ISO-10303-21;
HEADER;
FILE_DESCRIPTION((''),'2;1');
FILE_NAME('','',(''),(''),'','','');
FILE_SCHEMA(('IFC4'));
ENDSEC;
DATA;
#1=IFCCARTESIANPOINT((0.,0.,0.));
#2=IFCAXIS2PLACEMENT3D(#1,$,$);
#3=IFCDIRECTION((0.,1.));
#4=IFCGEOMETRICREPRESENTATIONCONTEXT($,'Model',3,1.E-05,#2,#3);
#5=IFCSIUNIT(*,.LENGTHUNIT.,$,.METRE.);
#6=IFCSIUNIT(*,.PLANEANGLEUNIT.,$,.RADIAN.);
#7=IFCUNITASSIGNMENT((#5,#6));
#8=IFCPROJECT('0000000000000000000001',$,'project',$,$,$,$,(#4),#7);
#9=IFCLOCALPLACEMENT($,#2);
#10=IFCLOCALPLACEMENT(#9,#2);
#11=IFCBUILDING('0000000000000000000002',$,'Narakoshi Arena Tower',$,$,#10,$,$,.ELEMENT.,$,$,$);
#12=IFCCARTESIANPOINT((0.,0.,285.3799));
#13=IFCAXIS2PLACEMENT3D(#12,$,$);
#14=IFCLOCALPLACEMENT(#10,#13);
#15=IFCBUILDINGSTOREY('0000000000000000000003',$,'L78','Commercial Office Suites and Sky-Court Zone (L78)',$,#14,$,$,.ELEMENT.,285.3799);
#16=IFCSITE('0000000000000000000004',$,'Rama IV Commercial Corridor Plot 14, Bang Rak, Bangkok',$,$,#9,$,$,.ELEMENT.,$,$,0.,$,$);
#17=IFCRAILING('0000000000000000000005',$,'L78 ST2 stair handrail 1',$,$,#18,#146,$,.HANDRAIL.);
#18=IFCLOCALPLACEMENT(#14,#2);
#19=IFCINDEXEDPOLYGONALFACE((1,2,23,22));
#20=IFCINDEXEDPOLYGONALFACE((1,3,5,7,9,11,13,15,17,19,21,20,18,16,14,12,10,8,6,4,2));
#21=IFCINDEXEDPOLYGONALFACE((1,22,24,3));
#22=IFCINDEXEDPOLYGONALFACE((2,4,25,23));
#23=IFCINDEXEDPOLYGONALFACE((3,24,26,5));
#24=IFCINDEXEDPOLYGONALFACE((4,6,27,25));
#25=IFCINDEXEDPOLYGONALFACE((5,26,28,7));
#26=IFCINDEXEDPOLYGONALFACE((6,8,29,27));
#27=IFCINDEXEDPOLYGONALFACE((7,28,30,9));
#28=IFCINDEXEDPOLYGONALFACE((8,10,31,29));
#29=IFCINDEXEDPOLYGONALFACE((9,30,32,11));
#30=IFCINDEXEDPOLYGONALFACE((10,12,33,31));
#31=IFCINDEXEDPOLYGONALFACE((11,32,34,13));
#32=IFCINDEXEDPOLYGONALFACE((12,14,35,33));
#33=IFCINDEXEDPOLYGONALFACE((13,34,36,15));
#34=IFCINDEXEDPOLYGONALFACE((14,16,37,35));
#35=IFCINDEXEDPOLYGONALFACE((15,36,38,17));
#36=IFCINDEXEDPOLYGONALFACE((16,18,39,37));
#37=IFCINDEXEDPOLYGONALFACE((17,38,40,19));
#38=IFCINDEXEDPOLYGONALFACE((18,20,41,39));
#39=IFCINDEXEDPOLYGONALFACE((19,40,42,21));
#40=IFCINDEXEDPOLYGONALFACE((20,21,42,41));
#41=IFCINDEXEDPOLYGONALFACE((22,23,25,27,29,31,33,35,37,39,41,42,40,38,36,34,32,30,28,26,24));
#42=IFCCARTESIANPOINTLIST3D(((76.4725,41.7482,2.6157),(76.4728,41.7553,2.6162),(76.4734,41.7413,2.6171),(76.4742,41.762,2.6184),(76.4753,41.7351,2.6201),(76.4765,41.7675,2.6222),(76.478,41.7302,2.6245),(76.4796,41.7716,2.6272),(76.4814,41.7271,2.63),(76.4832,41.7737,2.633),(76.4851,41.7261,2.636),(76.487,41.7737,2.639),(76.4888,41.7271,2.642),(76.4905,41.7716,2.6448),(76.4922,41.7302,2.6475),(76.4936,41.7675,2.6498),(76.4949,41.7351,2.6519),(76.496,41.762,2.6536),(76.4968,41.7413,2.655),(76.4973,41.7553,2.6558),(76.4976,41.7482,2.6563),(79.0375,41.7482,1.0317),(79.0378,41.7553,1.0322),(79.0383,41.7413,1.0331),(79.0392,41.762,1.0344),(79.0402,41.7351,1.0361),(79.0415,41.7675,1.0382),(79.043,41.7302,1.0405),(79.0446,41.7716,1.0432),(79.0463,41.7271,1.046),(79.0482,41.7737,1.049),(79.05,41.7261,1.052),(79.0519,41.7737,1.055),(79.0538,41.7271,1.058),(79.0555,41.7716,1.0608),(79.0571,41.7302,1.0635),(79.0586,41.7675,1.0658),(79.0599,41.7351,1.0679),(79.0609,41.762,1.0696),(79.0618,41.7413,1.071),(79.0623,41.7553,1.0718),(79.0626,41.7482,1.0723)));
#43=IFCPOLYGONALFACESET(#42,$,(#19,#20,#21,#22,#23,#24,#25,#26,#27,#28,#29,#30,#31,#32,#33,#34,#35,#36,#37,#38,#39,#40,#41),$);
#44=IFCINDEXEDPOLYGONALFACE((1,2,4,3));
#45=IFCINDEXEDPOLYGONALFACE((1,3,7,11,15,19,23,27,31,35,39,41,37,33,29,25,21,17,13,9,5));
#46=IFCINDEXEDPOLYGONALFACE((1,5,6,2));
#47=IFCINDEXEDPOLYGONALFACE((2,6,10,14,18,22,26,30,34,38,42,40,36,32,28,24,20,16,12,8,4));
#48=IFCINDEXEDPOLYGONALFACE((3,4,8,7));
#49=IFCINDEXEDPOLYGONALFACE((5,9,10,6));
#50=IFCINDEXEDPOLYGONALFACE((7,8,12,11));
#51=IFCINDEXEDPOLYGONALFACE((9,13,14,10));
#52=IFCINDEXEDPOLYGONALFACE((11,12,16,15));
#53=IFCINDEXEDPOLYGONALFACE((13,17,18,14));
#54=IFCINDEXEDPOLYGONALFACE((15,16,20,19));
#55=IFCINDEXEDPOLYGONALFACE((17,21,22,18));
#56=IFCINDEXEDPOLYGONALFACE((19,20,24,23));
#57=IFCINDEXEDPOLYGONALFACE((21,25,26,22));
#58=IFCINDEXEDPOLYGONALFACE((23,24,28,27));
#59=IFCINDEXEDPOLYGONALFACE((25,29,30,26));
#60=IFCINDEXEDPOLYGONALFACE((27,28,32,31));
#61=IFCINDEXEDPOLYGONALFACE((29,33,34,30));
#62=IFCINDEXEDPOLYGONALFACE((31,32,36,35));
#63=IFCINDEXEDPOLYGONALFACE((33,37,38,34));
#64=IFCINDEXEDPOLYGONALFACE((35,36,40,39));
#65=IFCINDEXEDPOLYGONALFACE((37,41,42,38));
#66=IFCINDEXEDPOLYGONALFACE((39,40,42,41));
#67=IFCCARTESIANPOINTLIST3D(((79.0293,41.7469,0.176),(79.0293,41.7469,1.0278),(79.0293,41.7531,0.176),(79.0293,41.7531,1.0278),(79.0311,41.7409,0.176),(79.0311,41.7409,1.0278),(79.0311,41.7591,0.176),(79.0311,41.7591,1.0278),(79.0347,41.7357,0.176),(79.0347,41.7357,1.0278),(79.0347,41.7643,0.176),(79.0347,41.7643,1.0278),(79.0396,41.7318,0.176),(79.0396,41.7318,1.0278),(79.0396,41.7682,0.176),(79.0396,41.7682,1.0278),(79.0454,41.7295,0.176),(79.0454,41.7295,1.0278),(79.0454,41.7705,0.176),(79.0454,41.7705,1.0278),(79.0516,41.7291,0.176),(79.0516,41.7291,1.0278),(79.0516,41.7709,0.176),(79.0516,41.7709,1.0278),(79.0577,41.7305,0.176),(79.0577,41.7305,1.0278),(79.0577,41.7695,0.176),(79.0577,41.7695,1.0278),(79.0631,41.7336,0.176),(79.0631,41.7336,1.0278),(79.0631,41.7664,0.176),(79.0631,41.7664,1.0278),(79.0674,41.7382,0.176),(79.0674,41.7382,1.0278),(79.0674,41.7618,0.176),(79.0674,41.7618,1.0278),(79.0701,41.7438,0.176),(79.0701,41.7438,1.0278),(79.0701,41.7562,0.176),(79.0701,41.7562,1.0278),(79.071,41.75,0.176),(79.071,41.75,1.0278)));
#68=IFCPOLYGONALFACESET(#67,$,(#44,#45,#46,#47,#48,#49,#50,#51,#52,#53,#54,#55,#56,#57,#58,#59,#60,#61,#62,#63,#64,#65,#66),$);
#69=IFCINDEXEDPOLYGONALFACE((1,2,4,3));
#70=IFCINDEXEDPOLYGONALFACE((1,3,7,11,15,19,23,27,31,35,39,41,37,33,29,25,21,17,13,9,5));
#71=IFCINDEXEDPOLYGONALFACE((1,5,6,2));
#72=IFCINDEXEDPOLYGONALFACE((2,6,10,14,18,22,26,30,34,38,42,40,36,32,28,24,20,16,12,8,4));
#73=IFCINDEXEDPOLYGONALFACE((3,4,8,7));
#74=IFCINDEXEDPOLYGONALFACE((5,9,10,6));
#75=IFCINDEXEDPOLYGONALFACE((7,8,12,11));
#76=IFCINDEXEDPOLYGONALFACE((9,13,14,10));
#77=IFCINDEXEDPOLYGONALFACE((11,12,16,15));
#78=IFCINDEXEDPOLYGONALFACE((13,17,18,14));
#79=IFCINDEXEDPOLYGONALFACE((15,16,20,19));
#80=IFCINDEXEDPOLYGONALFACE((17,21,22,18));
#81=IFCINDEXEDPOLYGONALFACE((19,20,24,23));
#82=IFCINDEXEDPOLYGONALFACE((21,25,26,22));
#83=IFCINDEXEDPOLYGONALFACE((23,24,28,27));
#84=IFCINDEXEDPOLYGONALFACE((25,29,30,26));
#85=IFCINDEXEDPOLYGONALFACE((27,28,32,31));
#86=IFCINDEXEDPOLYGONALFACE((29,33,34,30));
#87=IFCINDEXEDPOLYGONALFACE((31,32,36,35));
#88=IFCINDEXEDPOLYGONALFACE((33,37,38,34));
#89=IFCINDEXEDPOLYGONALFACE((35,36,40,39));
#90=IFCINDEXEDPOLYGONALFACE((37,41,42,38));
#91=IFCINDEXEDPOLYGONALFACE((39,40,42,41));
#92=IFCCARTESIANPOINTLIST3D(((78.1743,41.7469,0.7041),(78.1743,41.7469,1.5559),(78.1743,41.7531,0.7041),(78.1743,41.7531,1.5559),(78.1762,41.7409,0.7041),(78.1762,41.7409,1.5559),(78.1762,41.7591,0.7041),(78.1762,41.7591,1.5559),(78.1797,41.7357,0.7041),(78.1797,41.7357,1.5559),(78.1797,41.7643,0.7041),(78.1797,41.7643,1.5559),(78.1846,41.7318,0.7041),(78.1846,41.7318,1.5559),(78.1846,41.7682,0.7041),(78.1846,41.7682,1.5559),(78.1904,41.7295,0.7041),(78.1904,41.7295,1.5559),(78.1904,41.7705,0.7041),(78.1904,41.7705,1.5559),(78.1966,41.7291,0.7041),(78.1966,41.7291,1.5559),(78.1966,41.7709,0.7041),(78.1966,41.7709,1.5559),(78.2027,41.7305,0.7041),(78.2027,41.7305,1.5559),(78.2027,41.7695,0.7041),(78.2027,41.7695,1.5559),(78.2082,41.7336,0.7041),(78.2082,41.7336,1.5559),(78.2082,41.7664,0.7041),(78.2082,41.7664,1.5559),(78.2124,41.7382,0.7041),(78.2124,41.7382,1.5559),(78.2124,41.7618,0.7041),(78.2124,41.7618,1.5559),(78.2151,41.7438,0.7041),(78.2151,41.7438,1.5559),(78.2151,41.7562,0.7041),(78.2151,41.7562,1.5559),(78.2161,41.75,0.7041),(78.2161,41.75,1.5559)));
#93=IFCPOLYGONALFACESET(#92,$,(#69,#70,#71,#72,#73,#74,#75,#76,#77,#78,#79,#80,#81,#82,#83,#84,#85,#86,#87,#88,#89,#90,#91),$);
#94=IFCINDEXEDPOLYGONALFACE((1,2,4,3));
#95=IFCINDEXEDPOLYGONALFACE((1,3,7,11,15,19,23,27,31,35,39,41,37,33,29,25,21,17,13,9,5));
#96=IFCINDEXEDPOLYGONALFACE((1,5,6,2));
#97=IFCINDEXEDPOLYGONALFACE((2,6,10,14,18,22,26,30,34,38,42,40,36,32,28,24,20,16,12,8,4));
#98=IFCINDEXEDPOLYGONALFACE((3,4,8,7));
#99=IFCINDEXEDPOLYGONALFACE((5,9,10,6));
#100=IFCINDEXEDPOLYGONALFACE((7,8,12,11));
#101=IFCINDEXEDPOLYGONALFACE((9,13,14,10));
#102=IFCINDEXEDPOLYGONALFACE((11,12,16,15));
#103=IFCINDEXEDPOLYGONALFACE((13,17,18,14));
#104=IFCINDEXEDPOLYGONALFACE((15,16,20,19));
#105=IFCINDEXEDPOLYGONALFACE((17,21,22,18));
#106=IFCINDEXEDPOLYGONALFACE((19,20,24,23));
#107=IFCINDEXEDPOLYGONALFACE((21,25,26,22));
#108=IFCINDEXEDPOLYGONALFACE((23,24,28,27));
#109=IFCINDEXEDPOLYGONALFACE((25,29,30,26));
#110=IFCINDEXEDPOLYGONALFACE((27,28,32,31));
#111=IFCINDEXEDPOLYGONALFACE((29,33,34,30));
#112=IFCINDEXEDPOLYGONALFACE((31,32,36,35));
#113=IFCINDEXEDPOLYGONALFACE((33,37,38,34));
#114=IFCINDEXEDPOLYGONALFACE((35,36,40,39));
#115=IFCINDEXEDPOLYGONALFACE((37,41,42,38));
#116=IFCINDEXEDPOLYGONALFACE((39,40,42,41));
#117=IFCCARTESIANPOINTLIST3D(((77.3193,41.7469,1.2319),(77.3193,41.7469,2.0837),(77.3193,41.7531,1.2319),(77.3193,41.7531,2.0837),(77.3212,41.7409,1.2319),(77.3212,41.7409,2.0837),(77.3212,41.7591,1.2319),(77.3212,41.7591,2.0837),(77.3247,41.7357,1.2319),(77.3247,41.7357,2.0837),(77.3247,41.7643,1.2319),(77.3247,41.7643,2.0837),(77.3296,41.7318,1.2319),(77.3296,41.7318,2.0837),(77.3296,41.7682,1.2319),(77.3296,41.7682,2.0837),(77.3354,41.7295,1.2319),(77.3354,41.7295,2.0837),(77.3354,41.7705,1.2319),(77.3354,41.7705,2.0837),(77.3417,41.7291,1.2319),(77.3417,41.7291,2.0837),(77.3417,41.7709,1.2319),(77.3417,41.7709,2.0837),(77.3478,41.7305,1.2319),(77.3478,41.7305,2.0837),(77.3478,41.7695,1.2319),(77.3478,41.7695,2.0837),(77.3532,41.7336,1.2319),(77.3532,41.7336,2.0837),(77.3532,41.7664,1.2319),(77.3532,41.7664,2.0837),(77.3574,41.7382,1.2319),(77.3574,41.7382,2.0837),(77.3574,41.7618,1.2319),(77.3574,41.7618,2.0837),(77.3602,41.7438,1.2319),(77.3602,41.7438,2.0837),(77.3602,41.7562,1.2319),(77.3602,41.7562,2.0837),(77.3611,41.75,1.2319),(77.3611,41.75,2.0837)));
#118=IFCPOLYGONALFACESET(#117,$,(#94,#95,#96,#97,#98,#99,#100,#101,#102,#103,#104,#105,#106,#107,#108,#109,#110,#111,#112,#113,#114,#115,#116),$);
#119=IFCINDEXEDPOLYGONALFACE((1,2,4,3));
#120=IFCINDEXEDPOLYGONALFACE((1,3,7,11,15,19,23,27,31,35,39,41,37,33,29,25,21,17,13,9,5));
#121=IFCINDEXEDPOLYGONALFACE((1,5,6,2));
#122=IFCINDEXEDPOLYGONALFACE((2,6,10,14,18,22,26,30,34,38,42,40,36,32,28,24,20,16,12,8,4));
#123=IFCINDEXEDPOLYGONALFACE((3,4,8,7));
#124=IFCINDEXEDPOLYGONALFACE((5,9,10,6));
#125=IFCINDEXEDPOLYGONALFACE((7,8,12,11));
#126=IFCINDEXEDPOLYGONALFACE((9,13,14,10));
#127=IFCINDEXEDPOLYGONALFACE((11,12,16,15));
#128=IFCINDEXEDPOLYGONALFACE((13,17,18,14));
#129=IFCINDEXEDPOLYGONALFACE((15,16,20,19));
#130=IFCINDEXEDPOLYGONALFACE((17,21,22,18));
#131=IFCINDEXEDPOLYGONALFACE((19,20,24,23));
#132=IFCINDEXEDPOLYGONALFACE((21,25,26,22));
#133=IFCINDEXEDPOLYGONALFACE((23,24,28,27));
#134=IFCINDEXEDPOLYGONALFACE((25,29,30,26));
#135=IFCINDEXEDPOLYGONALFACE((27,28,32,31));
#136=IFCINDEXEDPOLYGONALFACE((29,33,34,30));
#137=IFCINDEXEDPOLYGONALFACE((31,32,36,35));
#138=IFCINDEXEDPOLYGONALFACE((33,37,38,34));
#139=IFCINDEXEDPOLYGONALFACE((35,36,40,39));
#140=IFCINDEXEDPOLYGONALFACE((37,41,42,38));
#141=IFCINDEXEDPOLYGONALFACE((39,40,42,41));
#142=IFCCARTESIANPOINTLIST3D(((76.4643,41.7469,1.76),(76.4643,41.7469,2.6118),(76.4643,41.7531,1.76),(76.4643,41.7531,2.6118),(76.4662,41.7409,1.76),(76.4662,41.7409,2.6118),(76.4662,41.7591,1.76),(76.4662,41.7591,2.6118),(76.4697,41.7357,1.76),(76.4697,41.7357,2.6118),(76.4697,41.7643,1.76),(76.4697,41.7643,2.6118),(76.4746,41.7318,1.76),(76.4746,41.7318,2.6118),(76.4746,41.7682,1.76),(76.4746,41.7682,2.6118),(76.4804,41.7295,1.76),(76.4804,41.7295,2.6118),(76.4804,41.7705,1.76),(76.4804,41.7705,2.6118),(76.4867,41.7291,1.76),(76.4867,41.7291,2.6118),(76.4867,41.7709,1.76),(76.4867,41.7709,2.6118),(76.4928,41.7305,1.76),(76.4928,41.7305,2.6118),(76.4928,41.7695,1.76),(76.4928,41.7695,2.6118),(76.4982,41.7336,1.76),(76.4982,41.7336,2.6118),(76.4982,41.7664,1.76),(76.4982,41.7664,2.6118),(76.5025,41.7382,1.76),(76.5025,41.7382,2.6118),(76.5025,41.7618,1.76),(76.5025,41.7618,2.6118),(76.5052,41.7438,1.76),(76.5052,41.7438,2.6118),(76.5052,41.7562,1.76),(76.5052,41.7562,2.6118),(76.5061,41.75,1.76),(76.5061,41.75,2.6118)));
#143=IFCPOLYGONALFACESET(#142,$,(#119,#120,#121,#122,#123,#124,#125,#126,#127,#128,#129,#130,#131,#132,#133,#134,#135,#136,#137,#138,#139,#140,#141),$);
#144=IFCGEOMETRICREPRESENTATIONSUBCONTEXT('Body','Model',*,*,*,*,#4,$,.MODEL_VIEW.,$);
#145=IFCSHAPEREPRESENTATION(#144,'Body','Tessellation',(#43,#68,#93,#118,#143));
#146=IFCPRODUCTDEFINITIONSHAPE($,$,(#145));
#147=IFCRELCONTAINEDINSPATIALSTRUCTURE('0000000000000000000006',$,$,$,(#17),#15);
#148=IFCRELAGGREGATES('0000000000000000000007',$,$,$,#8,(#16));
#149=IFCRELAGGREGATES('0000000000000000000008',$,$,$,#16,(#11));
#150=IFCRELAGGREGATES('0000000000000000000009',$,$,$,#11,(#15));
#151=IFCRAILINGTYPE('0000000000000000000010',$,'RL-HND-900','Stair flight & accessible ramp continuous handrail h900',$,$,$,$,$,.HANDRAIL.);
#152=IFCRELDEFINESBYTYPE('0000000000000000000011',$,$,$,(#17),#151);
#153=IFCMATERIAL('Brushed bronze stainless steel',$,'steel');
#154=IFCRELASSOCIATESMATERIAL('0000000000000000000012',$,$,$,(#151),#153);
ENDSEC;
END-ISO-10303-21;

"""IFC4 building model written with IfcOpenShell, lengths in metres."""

from ifc_helpers import new_model, si_unit, direction, frame, origin, origin_2d, place, context, subcontext, project, spatial, circle, extrude, material, type_object, element, save


model = new_model("IFC4")

# Units and contexts
model_context = context("Model", 3, precision=1e-05, world=origin(), true_north=direction((0.0, 1.0)))
body_context = subcontext(model_context, "Body", "Model", "MODEL_VIEW")
ifc_project = project(units=[si_unit("LENGTHUNIT", "METRE"), si_unit("PLANEANGLEUNIT", "RADIAN")], contexts=[model_context])

# Site, building, storey
site_placement = place(None, origin())
site = spatial("IfcSite", under=ifc_project, at=site_placement, Name="Rama IV Commercial Corridor Plot 14, Bang Rak, Bangkok", CompositionType="ELEMENT", RefElevation=0.0)
building_placement = place(site_placement, origin())
building = spatial("IfcBuilding", under=site, at=building_placement, Name="Narakoshi Arena Tower", CompositionType="ELEMENT")
storey_placement = place(building_placement, frame((0.0, 0.0, 285.3799)))
storey = spatial("IfcBuildingStorey", under=building, at=storey_placement, Name="L78", Description="Commercial Office Suites and Sky-Court Zone (L78)", CompositionType="ELEMENT", Elevation=285.3799)

# Shared definitions
ifc_material_1 = material(Name="Brushed bronze stainless steel", Category="steel")

# Railing
railing_type_1 = type_object("IfcRailingType", Name="RL-HND-900", Description="Stair flight & accessible ramp continuous handrail h900", PredefinedType="HANDRAIL", material=ifc_material_1)
railing_1_placement = place(storey_placement, frame((79.05, 41.75, 0.176)))
element("IfcRailing", 1, at=railing_1_placement, inside=storey, type_object=railing_type_1, Name="L78 ST2 stair handrail 1", PredefinedType="HANDRAIL", context=body_context, shape_type="SweptSolid", body=[
    extrude(circle(Radius=0.0239, at=origin_2d()), frame((0.0, 0.0, 0.876), z_axis=(-0.850834, 0.0, 0.525434), x_axis=(0.0, -1.0, 0.0)), (0.0, 0.0, 1.0), 3.0146),
    extrude(circle(Radius=0.021, at=origin_2d()), origin(), (0.0, 0.0, 1.0), 0.8518),
    extrude(circle(Radius=0.021, at=origin_2d()), frame((-0.855, 0.0, 0.5281)), (0.0, 0.0, 1.0), 0.8518),
    extrude(circle(Radius=0.021, at=origin_2d()), frame((-1.71, 0.0, 1.0559)), (0.0, 0.0, 1.0), 0.8518),
    extrude(circle(Radius=0.021, at=origin_2d()), frame((-2.5649, 0.0, 1.584)), (0.0, 0.0, 1.0), 0.8518),
])

save(model, "model.ifc")
